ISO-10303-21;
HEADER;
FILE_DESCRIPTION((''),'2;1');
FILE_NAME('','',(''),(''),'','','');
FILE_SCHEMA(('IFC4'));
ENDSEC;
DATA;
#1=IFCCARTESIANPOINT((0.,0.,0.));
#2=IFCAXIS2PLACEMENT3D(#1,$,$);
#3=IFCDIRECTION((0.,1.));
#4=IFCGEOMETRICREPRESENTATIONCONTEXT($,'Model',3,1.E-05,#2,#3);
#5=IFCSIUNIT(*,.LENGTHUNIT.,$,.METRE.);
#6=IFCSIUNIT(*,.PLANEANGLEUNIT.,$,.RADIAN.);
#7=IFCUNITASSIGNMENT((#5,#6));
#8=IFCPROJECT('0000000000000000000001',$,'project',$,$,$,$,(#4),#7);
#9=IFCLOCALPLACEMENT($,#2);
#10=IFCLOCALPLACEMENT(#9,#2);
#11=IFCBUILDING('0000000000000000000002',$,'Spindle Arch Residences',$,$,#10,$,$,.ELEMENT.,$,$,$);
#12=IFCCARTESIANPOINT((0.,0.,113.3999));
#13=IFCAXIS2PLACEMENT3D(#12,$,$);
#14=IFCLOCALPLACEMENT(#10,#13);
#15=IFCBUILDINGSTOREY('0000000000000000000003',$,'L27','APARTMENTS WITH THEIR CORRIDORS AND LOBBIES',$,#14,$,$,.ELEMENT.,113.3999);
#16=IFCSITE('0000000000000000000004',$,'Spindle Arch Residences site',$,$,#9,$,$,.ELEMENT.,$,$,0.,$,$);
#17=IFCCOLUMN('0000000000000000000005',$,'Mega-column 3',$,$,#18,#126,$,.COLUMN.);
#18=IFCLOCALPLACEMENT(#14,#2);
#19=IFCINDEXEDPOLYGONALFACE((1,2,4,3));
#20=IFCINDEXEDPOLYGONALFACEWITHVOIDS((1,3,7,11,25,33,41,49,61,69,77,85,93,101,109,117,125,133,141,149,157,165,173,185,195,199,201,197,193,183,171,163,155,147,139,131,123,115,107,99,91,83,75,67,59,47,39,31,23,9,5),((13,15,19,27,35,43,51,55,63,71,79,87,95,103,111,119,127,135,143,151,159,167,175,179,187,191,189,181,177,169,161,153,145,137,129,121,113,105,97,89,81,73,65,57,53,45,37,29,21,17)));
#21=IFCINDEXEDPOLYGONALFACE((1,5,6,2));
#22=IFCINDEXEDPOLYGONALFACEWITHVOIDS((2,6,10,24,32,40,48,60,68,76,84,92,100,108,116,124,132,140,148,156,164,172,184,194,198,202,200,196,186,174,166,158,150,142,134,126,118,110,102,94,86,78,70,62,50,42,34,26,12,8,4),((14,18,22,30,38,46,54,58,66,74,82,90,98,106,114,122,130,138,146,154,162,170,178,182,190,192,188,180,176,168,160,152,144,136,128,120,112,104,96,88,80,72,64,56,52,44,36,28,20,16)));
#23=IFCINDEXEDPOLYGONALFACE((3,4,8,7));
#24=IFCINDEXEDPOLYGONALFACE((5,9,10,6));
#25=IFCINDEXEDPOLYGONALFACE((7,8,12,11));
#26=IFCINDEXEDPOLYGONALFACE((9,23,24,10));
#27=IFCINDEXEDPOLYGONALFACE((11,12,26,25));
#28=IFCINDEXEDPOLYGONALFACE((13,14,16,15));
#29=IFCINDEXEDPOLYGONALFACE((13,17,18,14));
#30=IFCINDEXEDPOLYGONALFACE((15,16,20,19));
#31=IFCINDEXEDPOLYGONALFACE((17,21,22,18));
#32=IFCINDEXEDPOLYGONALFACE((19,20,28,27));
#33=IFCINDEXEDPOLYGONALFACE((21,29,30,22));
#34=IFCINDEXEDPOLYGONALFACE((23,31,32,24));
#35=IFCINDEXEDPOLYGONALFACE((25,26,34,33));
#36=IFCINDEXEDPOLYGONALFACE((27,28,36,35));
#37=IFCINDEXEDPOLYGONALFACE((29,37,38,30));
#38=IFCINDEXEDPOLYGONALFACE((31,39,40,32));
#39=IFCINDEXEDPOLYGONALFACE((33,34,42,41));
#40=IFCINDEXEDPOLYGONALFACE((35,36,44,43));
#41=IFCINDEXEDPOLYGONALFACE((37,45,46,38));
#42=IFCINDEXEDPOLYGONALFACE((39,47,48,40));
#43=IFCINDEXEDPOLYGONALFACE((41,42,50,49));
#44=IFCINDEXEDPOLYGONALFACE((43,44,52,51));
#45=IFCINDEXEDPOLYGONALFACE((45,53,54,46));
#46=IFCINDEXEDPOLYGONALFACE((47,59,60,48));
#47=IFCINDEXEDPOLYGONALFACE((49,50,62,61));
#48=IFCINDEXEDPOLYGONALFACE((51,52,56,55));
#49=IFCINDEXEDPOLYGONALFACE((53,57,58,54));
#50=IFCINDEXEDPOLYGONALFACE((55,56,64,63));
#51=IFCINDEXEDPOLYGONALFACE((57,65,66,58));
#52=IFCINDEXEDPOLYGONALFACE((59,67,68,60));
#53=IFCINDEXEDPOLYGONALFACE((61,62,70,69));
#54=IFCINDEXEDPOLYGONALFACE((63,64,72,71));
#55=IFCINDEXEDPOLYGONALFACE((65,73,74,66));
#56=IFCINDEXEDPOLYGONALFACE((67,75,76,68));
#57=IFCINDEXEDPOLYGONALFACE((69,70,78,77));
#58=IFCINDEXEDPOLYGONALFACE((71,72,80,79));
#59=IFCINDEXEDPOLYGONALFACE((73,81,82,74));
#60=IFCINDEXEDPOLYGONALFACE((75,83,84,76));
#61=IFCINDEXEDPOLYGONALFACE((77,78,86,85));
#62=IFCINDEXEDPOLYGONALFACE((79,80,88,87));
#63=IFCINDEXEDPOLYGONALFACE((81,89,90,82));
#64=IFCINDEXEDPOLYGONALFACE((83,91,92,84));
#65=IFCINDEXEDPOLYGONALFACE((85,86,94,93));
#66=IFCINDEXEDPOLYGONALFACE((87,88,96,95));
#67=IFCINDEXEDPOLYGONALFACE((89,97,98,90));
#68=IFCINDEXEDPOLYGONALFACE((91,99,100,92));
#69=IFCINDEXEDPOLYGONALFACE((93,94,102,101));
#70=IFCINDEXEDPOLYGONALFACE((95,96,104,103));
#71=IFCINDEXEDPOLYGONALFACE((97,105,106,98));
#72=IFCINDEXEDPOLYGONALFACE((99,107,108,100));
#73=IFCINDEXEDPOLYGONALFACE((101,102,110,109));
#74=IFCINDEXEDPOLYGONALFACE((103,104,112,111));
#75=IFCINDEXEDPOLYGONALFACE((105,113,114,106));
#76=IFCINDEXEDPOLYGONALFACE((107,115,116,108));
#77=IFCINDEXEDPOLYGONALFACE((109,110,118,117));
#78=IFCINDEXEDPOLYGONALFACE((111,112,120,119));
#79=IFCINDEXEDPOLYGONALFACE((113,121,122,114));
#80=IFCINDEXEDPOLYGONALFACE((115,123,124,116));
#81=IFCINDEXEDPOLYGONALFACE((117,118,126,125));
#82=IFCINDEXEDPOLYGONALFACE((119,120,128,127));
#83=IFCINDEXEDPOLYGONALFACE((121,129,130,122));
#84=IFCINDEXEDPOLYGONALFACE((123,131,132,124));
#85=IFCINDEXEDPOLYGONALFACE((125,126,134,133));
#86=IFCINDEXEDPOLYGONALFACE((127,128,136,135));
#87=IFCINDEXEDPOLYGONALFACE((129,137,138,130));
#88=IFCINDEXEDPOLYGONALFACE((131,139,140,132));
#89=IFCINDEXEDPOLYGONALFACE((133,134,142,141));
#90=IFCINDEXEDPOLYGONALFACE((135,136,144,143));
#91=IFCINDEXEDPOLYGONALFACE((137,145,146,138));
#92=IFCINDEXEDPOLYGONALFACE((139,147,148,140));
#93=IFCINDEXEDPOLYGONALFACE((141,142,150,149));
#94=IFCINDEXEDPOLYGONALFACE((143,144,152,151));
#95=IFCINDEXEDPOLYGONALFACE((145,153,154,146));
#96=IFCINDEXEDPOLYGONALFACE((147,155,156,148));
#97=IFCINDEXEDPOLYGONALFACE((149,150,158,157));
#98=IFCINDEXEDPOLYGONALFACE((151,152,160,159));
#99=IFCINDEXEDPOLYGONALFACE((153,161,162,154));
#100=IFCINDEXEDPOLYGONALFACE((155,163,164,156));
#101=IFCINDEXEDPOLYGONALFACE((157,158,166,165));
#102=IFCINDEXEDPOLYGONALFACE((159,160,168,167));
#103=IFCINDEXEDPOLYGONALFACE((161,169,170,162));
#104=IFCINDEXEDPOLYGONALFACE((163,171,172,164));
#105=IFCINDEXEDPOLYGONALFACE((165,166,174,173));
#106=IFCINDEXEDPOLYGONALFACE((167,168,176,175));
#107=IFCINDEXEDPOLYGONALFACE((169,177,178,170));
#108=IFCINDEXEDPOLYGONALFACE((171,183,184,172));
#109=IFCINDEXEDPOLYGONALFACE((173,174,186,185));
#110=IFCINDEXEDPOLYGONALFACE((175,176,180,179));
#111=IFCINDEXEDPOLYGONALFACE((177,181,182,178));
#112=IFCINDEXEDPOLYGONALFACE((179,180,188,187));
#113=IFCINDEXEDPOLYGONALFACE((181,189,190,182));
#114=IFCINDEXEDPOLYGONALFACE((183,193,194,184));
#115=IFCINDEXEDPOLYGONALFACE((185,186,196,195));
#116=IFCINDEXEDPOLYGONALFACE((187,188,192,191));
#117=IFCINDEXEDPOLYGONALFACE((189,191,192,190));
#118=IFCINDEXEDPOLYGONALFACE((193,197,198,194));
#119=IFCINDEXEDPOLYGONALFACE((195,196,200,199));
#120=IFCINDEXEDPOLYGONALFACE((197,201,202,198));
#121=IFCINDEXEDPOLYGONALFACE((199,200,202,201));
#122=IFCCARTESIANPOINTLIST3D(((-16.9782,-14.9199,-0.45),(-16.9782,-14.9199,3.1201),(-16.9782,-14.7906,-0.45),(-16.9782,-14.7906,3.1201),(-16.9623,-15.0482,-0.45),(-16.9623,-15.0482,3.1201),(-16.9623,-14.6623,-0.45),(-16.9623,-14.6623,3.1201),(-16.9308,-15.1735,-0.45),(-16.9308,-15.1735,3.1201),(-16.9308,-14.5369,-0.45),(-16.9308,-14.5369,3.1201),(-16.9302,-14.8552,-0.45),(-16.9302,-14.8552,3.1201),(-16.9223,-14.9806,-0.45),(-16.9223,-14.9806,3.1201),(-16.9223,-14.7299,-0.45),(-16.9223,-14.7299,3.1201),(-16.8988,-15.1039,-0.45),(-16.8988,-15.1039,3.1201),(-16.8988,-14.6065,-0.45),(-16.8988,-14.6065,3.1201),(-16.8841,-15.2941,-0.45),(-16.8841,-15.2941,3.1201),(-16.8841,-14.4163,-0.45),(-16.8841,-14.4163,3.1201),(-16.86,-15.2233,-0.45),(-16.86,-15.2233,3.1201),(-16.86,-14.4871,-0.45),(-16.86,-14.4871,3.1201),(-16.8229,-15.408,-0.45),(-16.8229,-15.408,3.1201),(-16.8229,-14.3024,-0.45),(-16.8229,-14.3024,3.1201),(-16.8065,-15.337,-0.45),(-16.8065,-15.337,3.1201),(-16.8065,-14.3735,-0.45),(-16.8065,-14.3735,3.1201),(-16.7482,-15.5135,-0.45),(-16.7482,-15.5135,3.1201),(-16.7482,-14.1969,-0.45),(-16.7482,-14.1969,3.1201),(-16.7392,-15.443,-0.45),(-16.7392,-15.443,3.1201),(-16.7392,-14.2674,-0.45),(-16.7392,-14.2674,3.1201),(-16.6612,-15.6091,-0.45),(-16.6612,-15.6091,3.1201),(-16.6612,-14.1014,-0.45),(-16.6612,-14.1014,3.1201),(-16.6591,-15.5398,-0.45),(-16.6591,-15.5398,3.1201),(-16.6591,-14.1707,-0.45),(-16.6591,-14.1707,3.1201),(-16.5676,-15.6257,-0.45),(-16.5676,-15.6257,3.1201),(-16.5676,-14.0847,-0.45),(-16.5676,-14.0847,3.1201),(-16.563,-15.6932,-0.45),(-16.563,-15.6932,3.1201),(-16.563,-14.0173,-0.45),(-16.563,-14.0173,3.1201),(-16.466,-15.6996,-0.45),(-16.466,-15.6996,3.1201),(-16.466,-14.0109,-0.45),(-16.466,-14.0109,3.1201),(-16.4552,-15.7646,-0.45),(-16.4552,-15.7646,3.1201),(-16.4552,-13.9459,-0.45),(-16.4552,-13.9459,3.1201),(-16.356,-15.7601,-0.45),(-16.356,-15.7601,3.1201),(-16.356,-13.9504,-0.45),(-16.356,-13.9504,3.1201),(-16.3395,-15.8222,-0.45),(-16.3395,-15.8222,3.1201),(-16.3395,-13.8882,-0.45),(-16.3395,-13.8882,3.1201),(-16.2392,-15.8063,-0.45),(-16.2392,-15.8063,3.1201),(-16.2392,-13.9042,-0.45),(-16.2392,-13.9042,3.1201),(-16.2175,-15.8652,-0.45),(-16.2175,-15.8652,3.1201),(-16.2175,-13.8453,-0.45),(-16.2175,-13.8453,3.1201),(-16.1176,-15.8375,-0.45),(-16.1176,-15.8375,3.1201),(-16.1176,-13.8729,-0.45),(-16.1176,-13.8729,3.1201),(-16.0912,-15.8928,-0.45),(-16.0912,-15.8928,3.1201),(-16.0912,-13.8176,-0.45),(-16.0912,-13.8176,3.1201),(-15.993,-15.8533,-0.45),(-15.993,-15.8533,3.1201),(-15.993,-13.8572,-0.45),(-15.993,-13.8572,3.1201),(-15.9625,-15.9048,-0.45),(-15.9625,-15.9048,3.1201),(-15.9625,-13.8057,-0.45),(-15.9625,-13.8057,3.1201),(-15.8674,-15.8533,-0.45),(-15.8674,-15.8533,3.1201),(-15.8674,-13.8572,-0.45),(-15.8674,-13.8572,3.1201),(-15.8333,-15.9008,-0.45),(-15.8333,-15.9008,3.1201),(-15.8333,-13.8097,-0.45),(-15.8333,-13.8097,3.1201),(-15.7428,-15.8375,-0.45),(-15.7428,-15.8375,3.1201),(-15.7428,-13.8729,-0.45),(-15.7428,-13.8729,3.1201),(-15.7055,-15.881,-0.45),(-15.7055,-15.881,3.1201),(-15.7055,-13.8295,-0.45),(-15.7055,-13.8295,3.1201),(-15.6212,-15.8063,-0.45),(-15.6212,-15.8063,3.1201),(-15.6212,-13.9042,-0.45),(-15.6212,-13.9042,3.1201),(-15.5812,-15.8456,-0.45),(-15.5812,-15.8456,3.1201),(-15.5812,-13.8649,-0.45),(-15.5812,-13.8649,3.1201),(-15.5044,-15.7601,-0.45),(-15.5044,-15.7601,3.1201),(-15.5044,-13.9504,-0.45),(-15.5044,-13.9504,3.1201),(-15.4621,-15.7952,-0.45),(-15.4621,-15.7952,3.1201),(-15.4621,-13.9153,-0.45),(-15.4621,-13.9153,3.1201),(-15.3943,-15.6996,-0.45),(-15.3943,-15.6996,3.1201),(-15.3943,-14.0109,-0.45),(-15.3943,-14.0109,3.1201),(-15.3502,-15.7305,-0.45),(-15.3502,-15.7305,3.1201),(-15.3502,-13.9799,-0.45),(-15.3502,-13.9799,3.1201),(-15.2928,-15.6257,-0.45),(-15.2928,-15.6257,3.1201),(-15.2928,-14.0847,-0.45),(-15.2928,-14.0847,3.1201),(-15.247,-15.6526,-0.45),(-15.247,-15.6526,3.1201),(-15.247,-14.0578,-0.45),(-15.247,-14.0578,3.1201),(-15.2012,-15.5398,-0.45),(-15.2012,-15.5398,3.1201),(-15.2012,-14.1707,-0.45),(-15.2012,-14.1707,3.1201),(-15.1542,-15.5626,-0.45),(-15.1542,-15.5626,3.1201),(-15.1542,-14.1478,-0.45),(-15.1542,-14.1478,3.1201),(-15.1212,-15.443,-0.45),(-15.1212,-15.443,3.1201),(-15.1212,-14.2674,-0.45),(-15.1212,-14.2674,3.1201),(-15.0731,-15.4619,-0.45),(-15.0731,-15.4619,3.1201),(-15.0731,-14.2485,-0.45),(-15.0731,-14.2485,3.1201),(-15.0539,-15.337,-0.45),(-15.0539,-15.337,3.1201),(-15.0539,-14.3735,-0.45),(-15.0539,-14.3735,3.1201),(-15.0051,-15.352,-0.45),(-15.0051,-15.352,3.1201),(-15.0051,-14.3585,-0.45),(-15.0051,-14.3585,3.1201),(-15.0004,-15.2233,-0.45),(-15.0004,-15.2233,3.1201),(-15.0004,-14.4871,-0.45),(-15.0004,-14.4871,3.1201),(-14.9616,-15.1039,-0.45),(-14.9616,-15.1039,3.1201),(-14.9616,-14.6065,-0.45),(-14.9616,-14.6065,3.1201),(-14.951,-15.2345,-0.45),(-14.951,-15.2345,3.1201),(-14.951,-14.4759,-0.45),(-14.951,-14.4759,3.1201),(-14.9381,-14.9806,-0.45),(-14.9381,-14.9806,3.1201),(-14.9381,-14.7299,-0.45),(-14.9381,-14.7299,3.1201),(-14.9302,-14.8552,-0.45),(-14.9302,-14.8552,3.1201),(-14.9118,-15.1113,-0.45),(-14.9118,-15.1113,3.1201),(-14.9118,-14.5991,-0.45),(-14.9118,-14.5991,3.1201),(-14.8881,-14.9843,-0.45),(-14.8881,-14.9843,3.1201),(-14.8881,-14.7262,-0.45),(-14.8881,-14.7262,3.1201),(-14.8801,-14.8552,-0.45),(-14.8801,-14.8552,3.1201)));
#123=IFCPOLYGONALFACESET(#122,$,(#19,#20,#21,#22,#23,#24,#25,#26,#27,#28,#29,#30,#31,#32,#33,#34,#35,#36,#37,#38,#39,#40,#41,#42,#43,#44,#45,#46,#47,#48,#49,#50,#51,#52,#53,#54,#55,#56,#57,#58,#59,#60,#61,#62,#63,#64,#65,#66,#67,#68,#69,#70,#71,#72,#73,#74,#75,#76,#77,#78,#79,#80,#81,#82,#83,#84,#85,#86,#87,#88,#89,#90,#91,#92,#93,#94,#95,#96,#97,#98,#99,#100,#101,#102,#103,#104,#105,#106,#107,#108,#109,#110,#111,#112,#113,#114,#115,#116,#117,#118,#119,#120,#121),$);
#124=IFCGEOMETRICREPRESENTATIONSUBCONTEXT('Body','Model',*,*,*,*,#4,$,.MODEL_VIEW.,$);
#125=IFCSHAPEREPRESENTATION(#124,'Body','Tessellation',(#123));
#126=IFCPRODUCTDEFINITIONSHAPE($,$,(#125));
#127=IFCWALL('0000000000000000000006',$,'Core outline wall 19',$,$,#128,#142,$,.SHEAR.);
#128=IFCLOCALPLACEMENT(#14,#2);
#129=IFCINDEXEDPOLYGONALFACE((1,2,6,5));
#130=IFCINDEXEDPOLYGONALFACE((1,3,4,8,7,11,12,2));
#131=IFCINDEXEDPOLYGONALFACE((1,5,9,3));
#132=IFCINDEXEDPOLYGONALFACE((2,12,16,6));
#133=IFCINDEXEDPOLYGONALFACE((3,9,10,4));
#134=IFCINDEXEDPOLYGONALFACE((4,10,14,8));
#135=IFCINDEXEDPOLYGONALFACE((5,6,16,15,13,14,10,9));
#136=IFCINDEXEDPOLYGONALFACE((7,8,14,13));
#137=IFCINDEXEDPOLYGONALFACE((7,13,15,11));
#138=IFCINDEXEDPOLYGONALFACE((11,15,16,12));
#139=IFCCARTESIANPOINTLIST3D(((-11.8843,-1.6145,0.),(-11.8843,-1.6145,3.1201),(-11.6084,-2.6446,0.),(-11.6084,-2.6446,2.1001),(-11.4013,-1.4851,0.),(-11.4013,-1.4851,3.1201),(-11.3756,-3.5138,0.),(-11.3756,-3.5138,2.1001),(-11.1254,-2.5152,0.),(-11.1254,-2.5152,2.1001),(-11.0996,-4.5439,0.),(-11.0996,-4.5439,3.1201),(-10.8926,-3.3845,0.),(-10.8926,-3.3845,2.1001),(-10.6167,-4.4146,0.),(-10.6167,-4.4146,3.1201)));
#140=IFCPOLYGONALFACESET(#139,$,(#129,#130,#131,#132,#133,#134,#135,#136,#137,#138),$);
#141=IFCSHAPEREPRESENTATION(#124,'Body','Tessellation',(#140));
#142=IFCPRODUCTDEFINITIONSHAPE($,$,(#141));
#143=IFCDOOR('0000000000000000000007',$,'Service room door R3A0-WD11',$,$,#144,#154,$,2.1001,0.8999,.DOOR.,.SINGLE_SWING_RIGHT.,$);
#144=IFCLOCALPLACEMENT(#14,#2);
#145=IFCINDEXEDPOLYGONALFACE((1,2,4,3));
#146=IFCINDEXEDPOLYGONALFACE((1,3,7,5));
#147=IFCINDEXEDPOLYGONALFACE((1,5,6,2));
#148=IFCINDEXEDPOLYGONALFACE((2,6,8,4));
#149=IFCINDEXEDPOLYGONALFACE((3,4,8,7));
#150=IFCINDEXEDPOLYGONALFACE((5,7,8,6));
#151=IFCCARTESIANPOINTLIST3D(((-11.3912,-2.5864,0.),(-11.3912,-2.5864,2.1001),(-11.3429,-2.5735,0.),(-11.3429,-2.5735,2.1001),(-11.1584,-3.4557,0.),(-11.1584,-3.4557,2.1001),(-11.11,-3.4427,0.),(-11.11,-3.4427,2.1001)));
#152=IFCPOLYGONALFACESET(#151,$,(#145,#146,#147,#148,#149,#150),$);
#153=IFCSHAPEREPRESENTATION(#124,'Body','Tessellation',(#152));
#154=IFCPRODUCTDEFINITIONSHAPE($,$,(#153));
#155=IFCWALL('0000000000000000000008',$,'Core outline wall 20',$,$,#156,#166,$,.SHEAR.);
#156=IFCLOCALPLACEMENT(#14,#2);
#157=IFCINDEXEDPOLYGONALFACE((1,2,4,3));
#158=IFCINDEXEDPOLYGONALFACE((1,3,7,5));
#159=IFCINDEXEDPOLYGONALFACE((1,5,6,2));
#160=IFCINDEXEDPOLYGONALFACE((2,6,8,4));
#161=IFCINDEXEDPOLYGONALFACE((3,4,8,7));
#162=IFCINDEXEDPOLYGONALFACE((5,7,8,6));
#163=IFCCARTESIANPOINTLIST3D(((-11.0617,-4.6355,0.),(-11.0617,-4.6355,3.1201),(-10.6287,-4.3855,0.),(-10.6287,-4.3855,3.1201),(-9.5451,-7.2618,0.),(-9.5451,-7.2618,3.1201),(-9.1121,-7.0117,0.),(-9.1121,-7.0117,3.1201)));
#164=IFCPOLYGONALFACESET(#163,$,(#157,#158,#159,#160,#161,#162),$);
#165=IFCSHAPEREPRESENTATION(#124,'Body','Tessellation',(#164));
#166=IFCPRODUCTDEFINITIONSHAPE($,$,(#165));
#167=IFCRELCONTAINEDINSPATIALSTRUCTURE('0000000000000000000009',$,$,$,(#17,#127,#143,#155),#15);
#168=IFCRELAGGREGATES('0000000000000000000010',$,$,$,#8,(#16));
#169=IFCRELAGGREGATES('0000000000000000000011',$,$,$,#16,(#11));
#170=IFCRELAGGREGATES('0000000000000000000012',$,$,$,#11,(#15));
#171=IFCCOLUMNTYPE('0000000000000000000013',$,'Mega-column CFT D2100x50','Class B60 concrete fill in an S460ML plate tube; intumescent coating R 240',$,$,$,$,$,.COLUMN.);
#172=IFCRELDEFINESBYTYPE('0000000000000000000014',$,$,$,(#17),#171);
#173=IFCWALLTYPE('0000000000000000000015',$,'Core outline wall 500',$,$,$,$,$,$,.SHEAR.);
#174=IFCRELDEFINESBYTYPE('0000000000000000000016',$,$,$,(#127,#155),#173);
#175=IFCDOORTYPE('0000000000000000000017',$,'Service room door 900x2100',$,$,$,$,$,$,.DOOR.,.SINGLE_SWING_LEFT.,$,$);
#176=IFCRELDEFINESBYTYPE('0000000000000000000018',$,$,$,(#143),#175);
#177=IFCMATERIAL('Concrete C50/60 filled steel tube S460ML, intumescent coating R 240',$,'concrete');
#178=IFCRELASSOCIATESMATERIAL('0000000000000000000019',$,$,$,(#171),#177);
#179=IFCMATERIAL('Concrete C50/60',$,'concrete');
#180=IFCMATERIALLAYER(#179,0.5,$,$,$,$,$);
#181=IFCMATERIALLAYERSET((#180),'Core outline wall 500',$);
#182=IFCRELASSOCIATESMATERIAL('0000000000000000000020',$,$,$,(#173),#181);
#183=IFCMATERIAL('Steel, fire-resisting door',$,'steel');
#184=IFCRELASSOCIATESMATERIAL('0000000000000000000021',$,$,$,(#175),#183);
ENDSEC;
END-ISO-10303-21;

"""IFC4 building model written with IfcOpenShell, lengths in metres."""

from ifc_helpers import new_model, si_unit, direction, frame, frame_2d, origin, origin_2d, place, context, subcontext, project, spatial, rectangle, hollow_circle, extrude, material, layer, layer_set, material_profile, profile_set, type_object, element, fill, save


model = new_model("IFC4")

# Units and contexts
model_context = context("Model", 3, precision=1e-05, world=origin(), true_north=direction((0.0, 1.0)))
body_context = subcontext(model_context, "Body", "Model", "MODEL_VIEW")
ifc_project = project(units=[si_unit("LENGTHUNIT", "METRE"), si_unit("PLANEANGLEUNIT", "RADIAN")], contexts=[model_context])

# Site, building, storey
site_placement = place(None, origin())
site = spatial("IfcSite", under=ifc_project, at=site_placement, Name="Spindle Arch Residences site", CompositionType="ELEMENT", RefElevation=0.0)
building_placement = place(site_placement, origin())
building = spatial("IfcBuilding", under=site, at=building_placement, Name="Spindle Arch Residences", CompositionType="ELEMENT")
storey_placement = place(building_placement, frame((0.0, 0.0, 113.3999)))
storey = spatial("IfcBuildingStorey", under=building, at=storey_placement, Name="L27", Description="APARTMENTS WITH THEIR CORRIDORS AND LOBBIES", CompositionType="ELEMENT", Elevation=113.3999)

# Column
ifc_material_1 = material(Name="Concrete C50/60 filled steel tube S460ML, intumescent coating R 240", Category="concrete")
ifc_material_profile = material_profile(ifc_material_1, hollow_circle(Radius=1.05, WallThickness=0.05, at=origin_2d()), Name="CFT D2100x50")
ifc_profile_set = profile_set([ifc_material_profile], Name="Concrete C50/60 filled steel tube S460ML, intumescent coating R 240")
column_type = type_object("IfcColumnType", Name="Mega-column CFT D2100x50", Description="Class B60 concrete fill in an S460ML plate tube; intumescent coating R 240", PredefinedType="COLUMN", material=ifc_profile_set)
column_placement = place(storey_placement, frame((-15.9302, -14.8552, -0.45), z_axis=(0.0, 0.0, 1.0), x_axis=(1.0, 0.0, 0.0)))
element("IfcColumn", 1, at=column_placement, inside=storey, type_object=column_type, Name="Mega-column 3", PredefinedType="COLUMN", context=body_context, shape_type="SweptSolid", body=[
    extrude(hollow_circle(Radius=1.05, WallThickness=0.05, at=origin_2d()), origin(), (0.0, 0.0, 1.0), 3.5701),
])

# Wall, opening, door
ifc_material_2 = material(Name="Concrete C50/60", Category="concrete")
ifc_layer_1 = layer(ifc_material_2, 0.5)
ifc_layer_set_1 = layer_set([ifc_layer_1], Name="Core outline wall 500")
wall_type_1 = type_object("IfcWallType", Name="Core outline wall 500", PredefinedType="SHEAR", material=ifc_layer_set_1)
wall_1_placement = place(storey_placement, frame((-11.6428, -1.5498, 0.0), z_axis=(0.0, 0.0, 1.0), x_axis=(0.258735, -0.965948, 0.0)))
wall_1 = element("IfcWall", 2, at=wall_1_placement, inside=storey, type_object=wall_type_1, Name="Core outline wall 19", PredefinedType="SHEAR", context=body_context, shape_type="SweptSolid", body=[
    extrude(rectangle(XDim=3.0327, YDim=0.5, at=frame_2d((1.5164, 0.0))), origin(), (0.0, 0.0, 1.0), 3.1201),
])
opening_1_placement = place(wall_1_placement, frame((1.0664, 0.0, 0.0)))
opening_1 = element("IfcOpeningElement", 3, at=opening_1_placement, cuts=wall_1, PredefinedType="OPENING", context=body_context, shape_type="SweptSolid", body=[
    extrude(rectangle(XDim=0.8999, YDim=2.1001, at=frame_2d((0.45, 1.05))), frame((0.0, 0.26, 0.0), z_axis=(0.0, -1.0, 0.0), x_axis=(1.0, 0.0, 0.0)), (0.0, 0.0, 1.0), 0.52),
])
ifc_material_3 = material(Name="Steel, fire-resisting door", Category="steel")
door_type_1 = type_object("IfcDoorType", Name="Service room door 900x2100", OperationType="SINGLE_SWING_LEFT", PredefinedType="DOOR", material=ifc_material_3)
door_1_placement = place(opening_1_placement, origin())
door_1 = element("IfcDoor", 4, at=door_1_placement, inside=storey, type_object=door_type_1, Name="Service room door R3A0-WD11", OperationType="SINGLE_SWING_RIGHT", OverallHeight=2.1001, OverallWidth=0.8999, PredefinedType="DOOR", context=body_context, shape_type="SweptSolid", body=[
    extrude(rectangle(XDim=0.8999, YDim=2.1001, at=frame_2d((0.45, 1.05))), frame((0.0, 0.0249, 0.0), z_axis=(0.0, -1.0, 0.0), x_axis=(1.0, 0.0, 0.0)), (0.0, 0.0, 1.0), 0.05),
])
fill(opening_1, door_1)

# Wall
wall_2_placement = place(storey_placement, frame((-10.8452, -4.5105, 0.0), z_axis=(0.0, 0.0, 1.0), x_axis=(0.500087, -0.865975, 0.0)))
element("IfcWall", 5, at=wall_2_placement, inside=storey, type_object=wall_type_1, Name="Core outline wall 20", PredefinedType="SHEAR", context=body_context, shape_type="SweptSolid", body=[
    extrude(rectangle(XDim=3.0327, YDim=0.5, at=frame_2d((1.5164, 0.0))), origin(), (0.0, 0.0, 1.0), 3.1201),
])

save(model, "model.ifc")
